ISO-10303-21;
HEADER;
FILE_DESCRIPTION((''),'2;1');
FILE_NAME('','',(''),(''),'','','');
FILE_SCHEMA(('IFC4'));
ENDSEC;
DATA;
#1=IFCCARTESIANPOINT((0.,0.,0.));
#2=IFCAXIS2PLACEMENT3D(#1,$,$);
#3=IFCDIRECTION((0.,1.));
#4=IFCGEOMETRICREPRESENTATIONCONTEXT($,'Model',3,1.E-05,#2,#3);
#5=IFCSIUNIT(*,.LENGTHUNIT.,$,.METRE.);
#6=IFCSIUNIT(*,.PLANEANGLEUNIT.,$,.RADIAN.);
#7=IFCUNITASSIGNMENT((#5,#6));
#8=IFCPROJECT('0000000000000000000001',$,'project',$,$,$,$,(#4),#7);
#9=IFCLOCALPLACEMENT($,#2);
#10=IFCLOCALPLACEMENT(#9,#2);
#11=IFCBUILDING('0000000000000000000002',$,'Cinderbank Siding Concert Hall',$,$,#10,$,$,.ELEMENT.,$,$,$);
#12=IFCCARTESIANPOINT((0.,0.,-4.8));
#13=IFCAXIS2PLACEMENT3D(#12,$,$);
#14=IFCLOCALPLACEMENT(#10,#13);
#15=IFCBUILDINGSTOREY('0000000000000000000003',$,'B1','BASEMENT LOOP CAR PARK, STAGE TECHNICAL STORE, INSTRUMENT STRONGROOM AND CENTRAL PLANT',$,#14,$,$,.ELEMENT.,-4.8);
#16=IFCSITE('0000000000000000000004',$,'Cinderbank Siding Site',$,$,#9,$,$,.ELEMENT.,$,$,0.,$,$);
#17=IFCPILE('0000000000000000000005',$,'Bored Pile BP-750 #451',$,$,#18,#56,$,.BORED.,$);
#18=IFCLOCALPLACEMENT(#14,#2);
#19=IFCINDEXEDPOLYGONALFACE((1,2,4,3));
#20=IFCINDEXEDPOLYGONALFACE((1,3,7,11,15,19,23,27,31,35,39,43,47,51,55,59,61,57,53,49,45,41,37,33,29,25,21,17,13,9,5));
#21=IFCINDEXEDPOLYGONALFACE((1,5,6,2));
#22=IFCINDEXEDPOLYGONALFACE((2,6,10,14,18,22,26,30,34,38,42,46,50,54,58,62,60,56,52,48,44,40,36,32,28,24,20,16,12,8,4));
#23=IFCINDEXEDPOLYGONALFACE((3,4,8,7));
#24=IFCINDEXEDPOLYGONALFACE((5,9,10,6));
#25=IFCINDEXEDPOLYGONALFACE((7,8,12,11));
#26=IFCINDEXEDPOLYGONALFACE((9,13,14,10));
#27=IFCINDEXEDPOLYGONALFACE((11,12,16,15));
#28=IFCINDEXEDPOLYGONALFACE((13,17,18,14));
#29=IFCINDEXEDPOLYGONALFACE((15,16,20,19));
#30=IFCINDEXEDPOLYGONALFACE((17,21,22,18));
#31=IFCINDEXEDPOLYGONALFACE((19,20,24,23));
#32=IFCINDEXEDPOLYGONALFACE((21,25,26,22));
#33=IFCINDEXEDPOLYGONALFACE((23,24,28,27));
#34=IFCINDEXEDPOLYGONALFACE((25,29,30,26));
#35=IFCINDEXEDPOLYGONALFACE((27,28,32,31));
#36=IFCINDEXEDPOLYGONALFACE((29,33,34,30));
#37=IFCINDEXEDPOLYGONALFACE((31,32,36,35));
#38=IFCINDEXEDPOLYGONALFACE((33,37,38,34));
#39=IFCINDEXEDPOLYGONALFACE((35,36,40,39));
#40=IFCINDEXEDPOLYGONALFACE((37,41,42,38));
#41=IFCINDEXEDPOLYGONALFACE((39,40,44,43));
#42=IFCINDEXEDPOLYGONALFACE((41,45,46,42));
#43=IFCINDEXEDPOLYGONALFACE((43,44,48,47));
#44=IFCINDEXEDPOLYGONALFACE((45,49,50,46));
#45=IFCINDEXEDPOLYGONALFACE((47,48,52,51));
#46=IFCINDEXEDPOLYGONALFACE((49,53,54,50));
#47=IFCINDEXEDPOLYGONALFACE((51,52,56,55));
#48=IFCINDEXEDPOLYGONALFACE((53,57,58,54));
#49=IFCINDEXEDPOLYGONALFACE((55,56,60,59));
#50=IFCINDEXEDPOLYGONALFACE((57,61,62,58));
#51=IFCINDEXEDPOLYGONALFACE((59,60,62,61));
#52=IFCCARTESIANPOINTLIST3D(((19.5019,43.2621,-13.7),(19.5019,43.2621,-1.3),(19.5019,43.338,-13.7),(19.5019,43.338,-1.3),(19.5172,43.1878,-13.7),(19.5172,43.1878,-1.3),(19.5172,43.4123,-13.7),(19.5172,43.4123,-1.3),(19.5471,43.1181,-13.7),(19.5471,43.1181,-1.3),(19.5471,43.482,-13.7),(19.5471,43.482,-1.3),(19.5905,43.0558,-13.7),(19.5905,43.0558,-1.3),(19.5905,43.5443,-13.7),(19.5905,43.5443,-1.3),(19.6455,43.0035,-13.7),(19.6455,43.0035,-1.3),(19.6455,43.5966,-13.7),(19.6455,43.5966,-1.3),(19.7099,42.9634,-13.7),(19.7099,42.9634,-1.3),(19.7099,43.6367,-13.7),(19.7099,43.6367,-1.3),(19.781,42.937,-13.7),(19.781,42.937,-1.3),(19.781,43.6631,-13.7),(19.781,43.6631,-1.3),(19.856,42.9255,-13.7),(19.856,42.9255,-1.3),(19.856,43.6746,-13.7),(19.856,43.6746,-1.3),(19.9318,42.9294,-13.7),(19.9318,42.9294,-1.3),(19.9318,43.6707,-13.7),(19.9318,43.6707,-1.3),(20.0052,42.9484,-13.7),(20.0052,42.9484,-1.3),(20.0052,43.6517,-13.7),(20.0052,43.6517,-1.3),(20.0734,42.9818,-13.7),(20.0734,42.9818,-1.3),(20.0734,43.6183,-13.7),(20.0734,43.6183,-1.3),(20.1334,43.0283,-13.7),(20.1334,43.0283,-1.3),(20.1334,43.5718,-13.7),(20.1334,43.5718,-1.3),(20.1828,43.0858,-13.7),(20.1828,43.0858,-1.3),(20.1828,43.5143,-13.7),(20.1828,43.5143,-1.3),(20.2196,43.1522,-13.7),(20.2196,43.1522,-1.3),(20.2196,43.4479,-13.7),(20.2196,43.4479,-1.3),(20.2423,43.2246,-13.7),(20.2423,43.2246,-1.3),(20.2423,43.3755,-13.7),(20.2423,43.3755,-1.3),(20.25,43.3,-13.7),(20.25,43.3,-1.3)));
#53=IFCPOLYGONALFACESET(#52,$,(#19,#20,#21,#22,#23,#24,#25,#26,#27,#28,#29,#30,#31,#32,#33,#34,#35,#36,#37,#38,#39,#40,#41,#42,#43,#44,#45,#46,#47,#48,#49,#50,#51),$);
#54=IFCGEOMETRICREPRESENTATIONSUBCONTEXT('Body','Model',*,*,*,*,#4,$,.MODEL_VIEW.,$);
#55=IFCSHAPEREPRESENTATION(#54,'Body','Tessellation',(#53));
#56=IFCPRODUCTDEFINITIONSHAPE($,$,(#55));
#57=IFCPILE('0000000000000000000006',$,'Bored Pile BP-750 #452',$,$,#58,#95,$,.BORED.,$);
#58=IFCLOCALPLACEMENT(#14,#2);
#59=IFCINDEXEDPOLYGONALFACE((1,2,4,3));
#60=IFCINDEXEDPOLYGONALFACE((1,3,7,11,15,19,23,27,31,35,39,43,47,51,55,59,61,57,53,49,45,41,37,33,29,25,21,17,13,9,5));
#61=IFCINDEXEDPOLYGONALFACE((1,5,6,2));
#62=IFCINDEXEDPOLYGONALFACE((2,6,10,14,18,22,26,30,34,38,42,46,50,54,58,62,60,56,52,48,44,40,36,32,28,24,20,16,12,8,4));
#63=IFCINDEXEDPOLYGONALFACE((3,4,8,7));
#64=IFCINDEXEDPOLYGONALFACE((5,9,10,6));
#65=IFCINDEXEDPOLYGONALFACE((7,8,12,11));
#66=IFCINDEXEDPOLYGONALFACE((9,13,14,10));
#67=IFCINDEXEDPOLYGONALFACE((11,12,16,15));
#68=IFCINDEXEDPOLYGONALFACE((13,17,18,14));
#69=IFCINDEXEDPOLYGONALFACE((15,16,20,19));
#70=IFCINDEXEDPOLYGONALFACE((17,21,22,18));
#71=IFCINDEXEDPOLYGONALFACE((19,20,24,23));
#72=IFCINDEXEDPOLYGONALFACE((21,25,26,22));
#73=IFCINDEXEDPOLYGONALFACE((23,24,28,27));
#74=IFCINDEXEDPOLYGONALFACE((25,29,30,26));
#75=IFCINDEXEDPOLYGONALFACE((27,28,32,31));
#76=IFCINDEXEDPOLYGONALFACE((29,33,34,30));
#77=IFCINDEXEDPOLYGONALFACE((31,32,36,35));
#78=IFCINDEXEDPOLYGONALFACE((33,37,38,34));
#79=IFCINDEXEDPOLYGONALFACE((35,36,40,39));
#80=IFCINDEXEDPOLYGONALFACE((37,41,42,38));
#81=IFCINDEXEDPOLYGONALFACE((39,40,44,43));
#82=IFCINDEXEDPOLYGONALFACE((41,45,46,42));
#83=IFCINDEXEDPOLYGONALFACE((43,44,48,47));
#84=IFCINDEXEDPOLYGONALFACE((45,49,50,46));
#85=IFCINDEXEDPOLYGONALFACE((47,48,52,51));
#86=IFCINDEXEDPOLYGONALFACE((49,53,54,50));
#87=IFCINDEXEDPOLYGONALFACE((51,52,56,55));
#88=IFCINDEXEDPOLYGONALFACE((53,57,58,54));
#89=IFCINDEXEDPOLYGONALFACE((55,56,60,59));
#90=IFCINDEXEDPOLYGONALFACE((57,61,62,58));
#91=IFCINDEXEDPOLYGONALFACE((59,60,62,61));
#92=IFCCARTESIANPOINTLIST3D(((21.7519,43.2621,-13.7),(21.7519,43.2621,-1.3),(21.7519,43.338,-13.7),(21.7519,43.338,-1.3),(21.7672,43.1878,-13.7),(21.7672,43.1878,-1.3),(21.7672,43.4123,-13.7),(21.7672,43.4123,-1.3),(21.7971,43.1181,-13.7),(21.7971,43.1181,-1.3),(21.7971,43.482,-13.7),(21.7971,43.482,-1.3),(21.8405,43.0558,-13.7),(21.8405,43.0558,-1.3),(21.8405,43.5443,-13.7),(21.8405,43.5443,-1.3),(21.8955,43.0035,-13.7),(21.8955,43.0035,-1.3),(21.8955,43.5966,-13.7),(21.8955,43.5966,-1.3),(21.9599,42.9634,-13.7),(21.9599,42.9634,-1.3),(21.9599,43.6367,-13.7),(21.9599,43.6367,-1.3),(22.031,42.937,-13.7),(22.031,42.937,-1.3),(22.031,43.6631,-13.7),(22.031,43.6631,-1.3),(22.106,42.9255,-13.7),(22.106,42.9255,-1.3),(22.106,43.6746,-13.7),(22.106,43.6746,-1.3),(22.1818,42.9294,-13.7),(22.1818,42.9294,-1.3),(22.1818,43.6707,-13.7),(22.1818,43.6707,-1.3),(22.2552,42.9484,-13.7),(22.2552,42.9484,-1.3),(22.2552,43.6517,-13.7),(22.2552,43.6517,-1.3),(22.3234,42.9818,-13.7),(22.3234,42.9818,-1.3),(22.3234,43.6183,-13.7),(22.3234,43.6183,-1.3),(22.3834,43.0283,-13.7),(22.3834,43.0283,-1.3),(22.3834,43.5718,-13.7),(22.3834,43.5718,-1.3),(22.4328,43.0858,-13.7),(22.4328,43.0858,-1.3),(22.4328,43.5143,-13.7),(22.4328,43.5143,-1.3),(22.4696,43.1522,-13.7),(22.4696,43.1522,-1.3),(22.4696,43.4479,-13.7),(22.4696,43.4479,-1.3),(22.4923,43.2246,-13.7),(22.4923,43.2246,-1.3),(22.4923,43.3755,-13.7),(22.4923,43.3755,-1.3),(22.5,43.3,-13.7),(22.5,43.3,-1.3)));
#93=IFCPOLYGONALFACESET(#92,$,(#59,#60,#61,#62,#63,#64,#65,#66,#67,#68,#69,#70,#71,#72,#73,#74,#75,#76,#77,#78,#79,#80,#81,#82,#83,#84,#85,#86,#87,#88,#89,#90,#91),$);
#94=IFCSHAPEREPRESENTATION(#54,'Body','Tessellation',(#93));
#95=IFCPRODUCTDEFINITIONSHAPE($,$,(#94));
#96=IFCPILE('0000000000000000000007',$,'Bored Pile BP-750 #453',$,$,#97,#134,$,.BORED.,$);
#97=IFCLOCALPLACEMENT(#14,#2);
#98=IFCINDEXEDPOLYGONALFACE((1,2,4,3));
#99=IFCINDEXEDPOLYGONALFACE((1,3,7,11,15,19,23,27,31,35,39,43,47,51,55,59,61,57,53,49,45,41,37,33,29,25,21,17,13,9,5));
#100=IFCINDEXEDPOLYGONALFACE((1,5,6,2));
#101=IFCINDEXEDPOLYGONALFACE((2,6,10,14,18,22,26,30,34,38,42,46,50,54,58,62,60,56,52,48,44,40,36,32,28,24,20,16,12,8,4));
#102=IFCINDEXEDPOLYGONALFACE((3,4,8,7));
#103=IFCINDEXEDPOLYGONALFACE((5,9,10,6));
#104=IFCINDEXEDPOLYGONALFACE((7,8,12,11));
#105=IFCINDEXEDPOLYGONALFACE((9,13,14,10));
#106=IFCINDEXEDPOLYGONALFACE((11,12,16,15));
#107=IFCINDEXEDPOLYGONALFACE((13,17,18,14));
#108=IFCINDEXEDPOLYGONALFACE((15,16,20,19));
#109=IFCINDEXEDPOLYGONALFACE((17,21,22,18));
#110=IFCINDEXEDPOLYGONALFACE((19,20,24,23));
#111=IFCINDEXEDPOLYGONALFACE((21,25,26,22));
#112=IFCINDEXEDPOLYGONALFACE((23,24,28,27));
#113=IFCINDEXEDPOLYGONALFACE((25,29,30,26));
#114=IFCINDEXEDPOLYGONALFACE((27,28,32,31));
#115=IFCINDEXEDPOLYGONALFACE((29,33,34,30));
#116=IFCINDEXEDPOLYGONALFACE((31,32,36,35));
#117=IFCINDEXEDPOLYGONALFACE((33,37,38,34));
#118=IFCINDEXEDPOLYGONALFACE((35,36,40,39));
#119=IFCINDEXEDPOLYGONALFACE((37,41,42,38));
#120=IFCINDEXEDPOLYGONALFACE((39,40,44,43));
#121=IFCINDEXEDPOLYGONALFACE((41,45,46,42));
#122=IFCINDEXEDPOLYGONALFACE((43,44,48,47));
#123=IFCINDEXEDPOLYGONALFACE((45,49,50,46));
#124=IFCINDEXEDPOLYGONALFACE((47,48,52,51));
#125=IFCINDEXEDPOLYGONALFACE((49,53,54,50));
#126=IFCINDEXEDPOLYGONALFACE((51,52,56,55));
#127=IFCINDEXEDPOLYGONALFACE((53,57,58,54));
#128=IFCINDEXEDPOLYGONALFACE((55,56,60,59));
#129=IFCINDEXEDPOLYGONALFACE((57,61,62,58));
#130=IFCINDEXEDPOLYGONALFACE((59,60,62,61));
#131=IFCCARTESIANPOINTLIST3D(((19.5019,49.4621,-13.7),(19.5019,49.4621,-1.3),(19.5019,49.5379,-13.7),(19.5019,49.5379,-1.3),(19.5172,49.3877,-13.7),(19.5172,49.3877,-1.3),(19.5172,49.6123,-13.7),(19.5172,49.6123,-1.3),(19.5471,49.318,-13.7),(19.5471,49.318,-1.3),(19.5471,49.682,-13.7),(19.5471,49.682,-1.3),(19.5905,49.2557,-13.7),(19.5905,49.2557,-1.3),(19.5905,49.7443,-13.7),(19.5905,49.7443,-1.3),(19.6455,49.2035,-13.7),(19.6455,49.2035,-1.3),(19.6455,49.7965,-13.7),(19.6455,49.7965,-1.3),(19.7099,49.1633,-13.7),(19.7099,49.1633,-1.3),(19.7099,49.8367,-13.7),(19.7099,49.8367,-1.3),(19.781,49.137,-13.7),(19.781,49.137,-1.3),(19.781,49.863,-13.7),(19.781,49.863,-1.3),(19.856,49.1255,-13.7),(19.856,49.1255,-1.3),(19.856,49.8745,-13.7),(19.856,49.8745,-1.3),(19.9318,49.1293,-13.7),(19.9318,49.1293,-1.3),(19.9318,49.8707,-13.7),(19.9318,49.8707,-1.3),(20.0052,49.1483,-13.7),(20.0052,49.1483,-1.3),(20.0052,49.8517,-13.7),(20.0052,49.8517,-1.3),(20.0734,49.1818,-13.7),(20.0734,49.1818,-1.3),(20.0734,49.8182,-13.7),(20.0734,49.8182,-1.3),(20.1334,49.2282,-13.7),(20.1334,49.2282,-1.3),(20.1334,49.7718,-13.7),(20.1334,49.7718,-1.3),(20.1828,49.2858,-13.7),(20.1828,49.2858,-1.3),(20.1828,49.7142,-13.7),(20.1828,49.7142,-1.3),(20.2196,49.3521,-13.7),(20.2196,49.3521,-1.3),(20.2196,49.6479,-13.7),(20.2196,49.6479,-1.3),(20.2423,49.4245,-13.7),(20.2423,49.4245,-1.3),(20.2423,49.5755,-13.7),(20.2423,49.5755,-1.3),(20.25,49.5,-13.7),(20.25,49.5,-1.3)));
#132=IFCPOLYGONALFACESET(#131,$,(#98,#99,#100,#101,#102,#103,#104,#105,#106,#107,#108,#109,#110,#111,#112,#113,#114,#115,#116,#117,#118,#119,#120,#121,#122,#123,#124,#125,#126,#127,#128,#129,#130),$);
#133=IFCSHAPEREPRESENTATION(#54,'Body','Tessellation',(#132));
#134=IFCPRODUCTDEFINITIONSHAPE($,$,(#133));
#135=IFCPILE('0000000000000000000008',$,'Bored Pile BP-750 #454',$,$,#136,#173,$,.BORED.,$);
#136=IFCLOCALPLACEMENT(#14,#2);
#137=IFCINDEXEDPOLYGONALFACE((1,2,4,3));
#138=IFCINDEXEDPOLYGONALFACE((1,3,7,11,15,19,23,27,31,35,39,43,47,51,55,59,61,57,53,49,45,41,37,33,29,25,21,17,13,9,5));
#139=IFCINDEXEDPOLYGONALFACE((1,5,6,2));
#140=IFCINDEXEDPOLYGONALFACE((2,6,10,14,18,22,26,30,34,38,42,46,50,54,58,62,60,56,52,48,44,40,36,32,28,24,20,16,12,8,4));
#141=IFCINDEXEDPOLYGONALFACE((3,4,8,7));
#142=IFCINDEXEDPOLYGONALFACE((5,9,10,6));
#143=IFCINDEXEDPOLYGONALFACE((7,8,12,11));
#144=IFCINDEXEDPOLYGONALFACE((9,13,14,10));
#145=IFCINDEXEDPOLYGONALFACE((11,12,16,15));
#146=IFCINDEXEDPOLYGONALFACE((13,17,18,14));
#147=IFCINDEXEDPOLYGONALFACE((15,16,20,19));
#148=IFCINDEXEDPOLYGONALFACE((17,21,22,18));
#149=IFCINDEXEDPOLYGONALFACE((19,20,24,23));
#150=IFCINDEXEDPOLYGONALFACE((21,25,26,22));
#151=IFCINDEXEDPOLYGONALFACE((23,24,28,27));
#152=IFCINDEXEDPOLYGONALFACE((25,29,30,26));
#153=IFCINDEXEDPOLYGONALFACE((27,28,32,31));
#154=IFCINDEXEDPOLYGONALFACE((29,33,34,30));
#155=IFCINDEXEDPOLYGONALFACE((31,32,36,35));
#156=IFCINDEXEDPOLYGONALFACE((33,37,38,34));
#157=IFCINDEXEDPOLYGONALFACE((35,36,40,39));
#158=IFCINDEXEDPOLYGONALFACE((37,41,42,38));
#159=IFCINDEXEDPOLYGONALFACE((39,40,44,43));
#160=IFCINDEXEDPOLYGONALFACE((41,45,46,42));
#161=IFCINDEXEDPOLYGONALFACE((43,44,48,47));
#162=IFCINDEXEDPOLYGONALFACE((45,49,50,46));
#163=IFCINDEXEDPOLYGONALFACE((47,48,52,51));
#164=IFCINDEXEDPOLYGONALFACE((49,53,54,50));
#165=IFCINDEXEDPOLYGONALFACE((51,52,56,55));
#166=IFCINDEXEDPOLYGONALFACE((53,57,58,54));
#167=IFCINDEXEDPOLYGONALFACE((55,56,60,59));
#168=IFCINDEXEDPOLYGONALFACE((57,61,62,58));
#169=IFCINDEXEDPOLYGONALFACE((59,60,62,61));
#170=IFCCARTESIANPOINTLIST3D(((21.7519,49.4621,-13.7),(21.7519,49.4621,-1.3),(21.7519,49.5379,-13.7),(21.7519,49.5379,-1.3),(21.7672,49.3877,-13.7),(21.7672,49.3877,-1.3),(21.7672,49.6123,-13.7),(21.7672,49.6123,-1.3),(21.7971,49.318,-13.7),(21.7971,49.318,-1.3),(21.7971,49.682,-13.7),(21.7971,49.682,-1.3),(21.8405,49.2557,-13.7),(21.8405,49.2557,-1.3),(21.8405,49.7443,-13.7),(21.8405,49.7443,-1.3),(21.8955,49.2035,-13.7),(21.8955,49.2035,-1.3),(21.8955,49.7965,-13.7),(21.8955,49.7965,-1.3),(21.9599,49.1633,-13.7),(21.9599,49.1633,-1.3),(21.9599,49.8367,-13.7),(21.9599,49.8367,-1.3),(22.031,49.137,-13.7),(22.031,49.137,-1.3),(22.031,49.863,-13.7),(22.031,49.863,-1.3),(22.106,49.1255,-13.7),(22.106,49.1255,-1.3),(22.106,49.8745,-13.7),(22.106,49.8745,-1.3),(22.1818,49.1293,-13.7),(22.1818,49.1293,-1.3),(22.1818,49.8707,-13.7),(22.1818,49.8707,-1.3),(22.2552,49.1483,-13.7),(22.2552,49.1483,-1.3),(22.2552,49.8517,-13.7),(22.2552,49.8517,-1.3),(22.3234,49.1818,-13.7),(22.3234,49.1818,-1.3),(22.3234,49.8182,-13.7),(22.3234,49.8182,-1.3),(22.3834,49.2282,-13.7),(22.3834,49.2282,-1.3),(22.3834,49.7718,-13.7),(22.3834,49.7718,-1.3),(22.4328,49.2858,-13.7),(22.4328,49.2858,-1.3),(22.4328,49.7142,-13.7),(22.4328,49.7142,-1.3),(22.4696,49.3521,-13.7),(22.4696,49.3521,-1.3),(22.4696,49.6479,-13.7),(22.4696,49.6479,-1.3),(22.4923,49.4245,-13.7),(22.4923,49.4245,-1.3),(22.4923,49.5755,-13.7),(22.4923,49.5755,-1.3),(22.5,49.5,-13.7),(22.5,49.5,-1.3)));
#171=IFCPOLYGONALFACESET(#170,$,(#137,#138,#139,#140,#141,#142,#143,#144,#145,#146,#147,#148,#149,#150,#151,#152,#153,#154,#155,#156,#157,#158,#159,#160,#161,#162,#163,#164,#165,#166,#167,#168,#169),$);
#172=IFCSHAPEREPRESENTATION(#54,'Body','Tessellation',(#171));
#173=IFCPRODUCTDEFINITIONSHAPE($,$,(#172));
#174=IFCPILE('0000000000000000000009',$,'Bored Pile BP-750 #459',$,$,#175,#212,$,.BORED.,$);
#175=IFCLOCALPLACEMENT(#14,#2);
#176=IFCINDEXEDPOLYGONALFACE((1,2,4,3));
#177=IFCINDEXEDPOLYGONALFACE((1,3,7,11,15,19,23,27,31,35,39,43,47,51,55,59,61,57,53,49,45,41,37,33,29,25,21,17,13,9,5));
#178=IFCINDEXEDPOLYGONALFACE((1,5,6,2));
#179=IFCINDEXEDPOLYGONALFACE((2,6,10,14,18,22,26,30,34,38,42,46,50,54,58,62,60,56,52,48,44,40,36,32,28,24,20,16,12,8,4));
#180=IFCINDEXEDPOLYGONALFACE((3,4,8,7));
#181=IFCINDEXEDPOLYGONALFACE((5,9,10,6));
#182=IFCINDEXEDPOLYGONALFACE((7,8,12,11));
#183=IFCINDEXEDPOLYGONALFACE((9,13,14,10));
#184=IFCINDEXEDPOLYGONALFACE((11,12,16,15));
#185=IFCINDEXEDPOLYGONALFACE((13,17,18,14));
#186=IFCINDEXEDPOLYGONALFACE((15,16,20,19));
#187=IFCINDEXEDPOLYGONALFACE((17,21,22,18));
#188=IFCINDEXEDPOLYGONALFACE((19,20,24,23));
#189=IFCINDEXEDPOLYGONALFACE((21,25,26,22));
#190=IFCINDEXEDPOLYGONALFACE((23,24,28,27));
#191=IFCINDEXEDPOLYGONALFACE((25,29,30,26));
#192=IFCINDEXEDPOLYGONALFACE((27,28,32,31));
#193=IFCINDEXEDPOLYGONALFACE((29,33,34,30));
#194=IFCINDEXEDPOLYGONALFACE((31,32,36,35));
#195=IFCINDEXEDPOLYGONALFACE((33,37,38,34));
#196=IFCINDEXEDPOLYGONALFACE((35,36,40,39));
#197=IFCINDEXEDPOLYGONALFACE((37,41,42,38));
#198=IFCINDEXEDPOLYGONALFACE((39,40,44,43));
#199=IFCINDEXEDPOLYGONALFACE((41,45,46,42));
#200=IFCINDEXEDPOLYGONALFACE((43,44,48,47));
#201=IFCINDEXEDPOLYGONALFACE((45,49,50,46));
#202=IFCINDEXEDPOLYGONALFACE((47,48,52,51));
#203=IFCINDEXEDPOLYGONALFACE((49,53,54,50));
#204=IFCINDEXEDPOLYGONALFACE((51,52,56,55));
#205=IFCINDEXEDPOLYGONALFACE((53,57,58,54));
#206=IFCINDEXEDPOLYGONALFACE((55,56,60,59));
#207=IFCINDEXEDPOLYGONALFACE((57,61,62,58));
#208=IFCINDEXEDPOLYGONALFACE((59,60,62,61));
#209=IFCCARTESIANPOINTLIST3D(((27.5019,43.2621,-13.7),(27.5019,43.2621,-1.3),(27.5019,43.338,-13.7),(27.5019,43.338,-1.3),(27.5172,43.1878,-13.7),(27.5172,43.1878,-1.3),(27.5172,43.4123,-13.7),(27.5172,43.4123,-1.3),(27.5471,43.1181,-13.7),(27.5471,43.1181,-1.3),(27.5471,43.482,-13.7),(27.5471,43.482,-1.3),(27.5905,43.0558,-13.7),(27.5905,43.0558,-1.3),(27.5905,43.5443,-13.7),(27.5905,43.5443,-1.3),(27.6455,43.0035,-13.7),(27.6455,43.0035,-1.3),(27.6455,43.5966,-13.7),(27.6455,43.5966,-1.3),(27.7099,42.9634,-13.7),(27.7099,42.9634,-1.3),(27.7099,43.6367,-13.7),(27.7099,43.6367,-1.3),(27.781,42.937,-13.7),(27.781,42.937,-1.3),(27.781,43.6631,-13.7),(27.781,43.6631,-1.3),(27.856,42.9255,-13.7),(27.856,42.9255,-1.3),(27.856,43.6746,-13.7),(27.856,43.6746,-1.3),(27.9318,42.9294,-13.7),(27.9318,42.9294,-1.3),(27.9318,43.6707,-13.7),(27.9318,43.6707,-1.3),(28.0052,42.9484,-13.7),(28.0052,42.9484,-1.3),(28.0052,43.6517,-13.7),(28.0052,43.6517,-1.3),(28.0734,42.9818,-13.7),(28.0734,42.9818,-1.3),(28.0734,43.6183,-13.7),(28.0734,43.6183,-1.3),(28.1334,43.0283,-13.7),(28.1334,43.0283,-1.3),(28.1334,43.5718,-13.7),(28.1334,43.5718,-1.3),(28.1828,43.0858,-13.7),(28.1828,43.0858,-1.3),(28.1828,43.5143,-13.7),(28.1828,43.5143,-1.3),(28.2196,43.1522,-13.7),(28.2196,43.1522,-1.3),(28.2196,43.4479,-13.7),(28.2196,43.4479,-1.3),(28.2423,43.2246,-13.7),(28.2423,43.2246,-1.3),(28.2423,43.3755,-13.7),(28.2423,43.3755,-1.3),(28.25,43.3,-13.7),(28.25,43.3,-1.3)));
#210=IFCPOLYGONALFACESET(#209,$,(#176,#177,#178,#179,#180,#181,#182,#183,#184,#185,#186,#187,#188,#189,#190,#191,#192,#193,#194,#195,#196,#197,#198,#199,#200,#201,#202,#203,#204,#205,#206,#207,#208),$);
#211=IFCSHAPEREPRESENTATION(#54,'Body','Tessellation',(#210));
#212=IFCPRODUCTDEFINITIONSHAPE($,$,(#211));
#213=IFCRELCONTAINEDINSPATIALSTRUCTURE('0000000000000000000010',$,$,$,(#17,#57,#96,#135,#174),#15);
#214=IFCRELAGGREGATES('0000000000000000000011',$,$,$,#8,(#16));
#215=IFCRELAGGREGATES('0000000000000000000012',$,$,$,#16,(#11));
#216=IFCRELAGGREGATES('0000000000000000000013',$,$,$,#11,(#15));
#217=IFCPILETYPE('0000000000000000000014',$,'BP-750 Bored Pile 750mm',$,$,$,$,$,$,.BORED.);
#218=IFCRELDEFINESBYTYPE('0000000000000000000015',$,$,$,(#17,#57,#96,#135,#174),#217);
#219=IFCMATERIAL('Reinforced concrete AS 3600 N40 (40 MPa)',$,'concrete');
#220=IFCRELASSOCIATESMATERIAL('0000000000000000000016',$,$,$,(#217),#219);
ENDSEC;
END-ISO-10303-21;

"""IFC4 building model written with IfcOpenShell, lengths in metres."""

from ifc_helpers import new_model, si_unit, direction, frame, origin, origin_2d, place, context, subcontext, project, spatial, circle, extrude, material, material_profile, profile_set, type_object, element, save


model = new_model("IFC4")

# Units and contexts
model_context = context("Model", 3, precision=1e-05, world=origin(), true_north=direction((0.0, 1.0)))
body_context = subcontext(model_context, "Body", "Model", "MODEL_VIEW")
ifc_project = project(units=[si_unit("LENGTHUNIT", "METRE"), si_unit("PLANEANGLEUNIT", "RADIAN")], contexts=[model_context])

# Site, building, storey
site_placement = place(None, origin())
site = spatial("IfcSite", under=ifc_project, at=site_placement, Name="Cinderbank Siding Site", CompositionType="ELEMENT", RefElevation=0.0)
building_placement = place(site_placement, origin())
building = spatial("IfcBuilding", under=site, at=building_placement, Name="Cinderbank Siding Concert Hall", CompositionType="ELEMENT")
storey_placement = place(building_placement, frame((0.0, 0.0, -4.8)))
storey = spatial("IfcBuildingStorey", under=building, at=storey_placement, Name="B1", Description="BASEMENT LOOP CAR PARK, STAGE TECHNICAL STORE, INSTRUMENT STRONGROOM AND CENTRAL PLANT", CompositionType="ELEMENT", Elevation=-4.8)

# Piles
ifc_material_1 = material(Name="Reinforced concrete AS 3600 N40 (40 MPa)", Category="concrete")
ifc_material_profile_1 = material_profile(ifc_material_1, circle(Radius=0.375, at=origin_2d()), Name="PILE-750DIA", Category="LoadBearing")
ifc_profile_set_1 = profile_set([ifc_material_profile_1], Name="Reinforced concrete AS 3600 N40 (40 MPa)")
pile_type = type_object("IfcPileType", Name="BP-750 Bored Pile 750mm", PredefinedType="BORED", material=ifc_profile_set_1)
for number, where, z_axis, x_axis, name in (
    (1, (19.875, 43.3, -1.3), (0.0, 0.0, -1.0), (1.0, 0.0, 0.0), "Bored Pile BP-750 #451"),
    (2, (22.125, 43.3, -1.3), (0.0, 0.0, -1.0), (1.0, 0.0, 0.0), "Bored Pile BP-750 #452"),
    (3, (19.875, 49.5, -1.3), (0.0, 0.0, -1.0), (1.0, 0.0, 0.0), "Bored Pile BP-750 #453"),
    (4, (22.125, 49.5, -1.3), (0.0, 0.0, -1.0), (1.0, 0.0, 0.0), "Bored Pile BP-750 #454"),
    (5, (27.875, 43.3, -1.3), (0.0, 0.0, -1.0), (1.0, 0.0, 0.0), "Bored Pile BP-750 #459"),
):
    element("IfcPile", number, at=place(storey_placement, frame(where, z_axis=z_axis, x_axis=x_axis)), inside=storey, type_object=pile_type, Name=name, PredefinedType="BORED", context=body_context, shape_type="SweptSolid", body=[
        extrude(circle(Radius=0.375, at=origin_2d()), origin(), (0.0, 0.0, 1.0), 12.3999),
    ])

save(model, "model.ifc")
